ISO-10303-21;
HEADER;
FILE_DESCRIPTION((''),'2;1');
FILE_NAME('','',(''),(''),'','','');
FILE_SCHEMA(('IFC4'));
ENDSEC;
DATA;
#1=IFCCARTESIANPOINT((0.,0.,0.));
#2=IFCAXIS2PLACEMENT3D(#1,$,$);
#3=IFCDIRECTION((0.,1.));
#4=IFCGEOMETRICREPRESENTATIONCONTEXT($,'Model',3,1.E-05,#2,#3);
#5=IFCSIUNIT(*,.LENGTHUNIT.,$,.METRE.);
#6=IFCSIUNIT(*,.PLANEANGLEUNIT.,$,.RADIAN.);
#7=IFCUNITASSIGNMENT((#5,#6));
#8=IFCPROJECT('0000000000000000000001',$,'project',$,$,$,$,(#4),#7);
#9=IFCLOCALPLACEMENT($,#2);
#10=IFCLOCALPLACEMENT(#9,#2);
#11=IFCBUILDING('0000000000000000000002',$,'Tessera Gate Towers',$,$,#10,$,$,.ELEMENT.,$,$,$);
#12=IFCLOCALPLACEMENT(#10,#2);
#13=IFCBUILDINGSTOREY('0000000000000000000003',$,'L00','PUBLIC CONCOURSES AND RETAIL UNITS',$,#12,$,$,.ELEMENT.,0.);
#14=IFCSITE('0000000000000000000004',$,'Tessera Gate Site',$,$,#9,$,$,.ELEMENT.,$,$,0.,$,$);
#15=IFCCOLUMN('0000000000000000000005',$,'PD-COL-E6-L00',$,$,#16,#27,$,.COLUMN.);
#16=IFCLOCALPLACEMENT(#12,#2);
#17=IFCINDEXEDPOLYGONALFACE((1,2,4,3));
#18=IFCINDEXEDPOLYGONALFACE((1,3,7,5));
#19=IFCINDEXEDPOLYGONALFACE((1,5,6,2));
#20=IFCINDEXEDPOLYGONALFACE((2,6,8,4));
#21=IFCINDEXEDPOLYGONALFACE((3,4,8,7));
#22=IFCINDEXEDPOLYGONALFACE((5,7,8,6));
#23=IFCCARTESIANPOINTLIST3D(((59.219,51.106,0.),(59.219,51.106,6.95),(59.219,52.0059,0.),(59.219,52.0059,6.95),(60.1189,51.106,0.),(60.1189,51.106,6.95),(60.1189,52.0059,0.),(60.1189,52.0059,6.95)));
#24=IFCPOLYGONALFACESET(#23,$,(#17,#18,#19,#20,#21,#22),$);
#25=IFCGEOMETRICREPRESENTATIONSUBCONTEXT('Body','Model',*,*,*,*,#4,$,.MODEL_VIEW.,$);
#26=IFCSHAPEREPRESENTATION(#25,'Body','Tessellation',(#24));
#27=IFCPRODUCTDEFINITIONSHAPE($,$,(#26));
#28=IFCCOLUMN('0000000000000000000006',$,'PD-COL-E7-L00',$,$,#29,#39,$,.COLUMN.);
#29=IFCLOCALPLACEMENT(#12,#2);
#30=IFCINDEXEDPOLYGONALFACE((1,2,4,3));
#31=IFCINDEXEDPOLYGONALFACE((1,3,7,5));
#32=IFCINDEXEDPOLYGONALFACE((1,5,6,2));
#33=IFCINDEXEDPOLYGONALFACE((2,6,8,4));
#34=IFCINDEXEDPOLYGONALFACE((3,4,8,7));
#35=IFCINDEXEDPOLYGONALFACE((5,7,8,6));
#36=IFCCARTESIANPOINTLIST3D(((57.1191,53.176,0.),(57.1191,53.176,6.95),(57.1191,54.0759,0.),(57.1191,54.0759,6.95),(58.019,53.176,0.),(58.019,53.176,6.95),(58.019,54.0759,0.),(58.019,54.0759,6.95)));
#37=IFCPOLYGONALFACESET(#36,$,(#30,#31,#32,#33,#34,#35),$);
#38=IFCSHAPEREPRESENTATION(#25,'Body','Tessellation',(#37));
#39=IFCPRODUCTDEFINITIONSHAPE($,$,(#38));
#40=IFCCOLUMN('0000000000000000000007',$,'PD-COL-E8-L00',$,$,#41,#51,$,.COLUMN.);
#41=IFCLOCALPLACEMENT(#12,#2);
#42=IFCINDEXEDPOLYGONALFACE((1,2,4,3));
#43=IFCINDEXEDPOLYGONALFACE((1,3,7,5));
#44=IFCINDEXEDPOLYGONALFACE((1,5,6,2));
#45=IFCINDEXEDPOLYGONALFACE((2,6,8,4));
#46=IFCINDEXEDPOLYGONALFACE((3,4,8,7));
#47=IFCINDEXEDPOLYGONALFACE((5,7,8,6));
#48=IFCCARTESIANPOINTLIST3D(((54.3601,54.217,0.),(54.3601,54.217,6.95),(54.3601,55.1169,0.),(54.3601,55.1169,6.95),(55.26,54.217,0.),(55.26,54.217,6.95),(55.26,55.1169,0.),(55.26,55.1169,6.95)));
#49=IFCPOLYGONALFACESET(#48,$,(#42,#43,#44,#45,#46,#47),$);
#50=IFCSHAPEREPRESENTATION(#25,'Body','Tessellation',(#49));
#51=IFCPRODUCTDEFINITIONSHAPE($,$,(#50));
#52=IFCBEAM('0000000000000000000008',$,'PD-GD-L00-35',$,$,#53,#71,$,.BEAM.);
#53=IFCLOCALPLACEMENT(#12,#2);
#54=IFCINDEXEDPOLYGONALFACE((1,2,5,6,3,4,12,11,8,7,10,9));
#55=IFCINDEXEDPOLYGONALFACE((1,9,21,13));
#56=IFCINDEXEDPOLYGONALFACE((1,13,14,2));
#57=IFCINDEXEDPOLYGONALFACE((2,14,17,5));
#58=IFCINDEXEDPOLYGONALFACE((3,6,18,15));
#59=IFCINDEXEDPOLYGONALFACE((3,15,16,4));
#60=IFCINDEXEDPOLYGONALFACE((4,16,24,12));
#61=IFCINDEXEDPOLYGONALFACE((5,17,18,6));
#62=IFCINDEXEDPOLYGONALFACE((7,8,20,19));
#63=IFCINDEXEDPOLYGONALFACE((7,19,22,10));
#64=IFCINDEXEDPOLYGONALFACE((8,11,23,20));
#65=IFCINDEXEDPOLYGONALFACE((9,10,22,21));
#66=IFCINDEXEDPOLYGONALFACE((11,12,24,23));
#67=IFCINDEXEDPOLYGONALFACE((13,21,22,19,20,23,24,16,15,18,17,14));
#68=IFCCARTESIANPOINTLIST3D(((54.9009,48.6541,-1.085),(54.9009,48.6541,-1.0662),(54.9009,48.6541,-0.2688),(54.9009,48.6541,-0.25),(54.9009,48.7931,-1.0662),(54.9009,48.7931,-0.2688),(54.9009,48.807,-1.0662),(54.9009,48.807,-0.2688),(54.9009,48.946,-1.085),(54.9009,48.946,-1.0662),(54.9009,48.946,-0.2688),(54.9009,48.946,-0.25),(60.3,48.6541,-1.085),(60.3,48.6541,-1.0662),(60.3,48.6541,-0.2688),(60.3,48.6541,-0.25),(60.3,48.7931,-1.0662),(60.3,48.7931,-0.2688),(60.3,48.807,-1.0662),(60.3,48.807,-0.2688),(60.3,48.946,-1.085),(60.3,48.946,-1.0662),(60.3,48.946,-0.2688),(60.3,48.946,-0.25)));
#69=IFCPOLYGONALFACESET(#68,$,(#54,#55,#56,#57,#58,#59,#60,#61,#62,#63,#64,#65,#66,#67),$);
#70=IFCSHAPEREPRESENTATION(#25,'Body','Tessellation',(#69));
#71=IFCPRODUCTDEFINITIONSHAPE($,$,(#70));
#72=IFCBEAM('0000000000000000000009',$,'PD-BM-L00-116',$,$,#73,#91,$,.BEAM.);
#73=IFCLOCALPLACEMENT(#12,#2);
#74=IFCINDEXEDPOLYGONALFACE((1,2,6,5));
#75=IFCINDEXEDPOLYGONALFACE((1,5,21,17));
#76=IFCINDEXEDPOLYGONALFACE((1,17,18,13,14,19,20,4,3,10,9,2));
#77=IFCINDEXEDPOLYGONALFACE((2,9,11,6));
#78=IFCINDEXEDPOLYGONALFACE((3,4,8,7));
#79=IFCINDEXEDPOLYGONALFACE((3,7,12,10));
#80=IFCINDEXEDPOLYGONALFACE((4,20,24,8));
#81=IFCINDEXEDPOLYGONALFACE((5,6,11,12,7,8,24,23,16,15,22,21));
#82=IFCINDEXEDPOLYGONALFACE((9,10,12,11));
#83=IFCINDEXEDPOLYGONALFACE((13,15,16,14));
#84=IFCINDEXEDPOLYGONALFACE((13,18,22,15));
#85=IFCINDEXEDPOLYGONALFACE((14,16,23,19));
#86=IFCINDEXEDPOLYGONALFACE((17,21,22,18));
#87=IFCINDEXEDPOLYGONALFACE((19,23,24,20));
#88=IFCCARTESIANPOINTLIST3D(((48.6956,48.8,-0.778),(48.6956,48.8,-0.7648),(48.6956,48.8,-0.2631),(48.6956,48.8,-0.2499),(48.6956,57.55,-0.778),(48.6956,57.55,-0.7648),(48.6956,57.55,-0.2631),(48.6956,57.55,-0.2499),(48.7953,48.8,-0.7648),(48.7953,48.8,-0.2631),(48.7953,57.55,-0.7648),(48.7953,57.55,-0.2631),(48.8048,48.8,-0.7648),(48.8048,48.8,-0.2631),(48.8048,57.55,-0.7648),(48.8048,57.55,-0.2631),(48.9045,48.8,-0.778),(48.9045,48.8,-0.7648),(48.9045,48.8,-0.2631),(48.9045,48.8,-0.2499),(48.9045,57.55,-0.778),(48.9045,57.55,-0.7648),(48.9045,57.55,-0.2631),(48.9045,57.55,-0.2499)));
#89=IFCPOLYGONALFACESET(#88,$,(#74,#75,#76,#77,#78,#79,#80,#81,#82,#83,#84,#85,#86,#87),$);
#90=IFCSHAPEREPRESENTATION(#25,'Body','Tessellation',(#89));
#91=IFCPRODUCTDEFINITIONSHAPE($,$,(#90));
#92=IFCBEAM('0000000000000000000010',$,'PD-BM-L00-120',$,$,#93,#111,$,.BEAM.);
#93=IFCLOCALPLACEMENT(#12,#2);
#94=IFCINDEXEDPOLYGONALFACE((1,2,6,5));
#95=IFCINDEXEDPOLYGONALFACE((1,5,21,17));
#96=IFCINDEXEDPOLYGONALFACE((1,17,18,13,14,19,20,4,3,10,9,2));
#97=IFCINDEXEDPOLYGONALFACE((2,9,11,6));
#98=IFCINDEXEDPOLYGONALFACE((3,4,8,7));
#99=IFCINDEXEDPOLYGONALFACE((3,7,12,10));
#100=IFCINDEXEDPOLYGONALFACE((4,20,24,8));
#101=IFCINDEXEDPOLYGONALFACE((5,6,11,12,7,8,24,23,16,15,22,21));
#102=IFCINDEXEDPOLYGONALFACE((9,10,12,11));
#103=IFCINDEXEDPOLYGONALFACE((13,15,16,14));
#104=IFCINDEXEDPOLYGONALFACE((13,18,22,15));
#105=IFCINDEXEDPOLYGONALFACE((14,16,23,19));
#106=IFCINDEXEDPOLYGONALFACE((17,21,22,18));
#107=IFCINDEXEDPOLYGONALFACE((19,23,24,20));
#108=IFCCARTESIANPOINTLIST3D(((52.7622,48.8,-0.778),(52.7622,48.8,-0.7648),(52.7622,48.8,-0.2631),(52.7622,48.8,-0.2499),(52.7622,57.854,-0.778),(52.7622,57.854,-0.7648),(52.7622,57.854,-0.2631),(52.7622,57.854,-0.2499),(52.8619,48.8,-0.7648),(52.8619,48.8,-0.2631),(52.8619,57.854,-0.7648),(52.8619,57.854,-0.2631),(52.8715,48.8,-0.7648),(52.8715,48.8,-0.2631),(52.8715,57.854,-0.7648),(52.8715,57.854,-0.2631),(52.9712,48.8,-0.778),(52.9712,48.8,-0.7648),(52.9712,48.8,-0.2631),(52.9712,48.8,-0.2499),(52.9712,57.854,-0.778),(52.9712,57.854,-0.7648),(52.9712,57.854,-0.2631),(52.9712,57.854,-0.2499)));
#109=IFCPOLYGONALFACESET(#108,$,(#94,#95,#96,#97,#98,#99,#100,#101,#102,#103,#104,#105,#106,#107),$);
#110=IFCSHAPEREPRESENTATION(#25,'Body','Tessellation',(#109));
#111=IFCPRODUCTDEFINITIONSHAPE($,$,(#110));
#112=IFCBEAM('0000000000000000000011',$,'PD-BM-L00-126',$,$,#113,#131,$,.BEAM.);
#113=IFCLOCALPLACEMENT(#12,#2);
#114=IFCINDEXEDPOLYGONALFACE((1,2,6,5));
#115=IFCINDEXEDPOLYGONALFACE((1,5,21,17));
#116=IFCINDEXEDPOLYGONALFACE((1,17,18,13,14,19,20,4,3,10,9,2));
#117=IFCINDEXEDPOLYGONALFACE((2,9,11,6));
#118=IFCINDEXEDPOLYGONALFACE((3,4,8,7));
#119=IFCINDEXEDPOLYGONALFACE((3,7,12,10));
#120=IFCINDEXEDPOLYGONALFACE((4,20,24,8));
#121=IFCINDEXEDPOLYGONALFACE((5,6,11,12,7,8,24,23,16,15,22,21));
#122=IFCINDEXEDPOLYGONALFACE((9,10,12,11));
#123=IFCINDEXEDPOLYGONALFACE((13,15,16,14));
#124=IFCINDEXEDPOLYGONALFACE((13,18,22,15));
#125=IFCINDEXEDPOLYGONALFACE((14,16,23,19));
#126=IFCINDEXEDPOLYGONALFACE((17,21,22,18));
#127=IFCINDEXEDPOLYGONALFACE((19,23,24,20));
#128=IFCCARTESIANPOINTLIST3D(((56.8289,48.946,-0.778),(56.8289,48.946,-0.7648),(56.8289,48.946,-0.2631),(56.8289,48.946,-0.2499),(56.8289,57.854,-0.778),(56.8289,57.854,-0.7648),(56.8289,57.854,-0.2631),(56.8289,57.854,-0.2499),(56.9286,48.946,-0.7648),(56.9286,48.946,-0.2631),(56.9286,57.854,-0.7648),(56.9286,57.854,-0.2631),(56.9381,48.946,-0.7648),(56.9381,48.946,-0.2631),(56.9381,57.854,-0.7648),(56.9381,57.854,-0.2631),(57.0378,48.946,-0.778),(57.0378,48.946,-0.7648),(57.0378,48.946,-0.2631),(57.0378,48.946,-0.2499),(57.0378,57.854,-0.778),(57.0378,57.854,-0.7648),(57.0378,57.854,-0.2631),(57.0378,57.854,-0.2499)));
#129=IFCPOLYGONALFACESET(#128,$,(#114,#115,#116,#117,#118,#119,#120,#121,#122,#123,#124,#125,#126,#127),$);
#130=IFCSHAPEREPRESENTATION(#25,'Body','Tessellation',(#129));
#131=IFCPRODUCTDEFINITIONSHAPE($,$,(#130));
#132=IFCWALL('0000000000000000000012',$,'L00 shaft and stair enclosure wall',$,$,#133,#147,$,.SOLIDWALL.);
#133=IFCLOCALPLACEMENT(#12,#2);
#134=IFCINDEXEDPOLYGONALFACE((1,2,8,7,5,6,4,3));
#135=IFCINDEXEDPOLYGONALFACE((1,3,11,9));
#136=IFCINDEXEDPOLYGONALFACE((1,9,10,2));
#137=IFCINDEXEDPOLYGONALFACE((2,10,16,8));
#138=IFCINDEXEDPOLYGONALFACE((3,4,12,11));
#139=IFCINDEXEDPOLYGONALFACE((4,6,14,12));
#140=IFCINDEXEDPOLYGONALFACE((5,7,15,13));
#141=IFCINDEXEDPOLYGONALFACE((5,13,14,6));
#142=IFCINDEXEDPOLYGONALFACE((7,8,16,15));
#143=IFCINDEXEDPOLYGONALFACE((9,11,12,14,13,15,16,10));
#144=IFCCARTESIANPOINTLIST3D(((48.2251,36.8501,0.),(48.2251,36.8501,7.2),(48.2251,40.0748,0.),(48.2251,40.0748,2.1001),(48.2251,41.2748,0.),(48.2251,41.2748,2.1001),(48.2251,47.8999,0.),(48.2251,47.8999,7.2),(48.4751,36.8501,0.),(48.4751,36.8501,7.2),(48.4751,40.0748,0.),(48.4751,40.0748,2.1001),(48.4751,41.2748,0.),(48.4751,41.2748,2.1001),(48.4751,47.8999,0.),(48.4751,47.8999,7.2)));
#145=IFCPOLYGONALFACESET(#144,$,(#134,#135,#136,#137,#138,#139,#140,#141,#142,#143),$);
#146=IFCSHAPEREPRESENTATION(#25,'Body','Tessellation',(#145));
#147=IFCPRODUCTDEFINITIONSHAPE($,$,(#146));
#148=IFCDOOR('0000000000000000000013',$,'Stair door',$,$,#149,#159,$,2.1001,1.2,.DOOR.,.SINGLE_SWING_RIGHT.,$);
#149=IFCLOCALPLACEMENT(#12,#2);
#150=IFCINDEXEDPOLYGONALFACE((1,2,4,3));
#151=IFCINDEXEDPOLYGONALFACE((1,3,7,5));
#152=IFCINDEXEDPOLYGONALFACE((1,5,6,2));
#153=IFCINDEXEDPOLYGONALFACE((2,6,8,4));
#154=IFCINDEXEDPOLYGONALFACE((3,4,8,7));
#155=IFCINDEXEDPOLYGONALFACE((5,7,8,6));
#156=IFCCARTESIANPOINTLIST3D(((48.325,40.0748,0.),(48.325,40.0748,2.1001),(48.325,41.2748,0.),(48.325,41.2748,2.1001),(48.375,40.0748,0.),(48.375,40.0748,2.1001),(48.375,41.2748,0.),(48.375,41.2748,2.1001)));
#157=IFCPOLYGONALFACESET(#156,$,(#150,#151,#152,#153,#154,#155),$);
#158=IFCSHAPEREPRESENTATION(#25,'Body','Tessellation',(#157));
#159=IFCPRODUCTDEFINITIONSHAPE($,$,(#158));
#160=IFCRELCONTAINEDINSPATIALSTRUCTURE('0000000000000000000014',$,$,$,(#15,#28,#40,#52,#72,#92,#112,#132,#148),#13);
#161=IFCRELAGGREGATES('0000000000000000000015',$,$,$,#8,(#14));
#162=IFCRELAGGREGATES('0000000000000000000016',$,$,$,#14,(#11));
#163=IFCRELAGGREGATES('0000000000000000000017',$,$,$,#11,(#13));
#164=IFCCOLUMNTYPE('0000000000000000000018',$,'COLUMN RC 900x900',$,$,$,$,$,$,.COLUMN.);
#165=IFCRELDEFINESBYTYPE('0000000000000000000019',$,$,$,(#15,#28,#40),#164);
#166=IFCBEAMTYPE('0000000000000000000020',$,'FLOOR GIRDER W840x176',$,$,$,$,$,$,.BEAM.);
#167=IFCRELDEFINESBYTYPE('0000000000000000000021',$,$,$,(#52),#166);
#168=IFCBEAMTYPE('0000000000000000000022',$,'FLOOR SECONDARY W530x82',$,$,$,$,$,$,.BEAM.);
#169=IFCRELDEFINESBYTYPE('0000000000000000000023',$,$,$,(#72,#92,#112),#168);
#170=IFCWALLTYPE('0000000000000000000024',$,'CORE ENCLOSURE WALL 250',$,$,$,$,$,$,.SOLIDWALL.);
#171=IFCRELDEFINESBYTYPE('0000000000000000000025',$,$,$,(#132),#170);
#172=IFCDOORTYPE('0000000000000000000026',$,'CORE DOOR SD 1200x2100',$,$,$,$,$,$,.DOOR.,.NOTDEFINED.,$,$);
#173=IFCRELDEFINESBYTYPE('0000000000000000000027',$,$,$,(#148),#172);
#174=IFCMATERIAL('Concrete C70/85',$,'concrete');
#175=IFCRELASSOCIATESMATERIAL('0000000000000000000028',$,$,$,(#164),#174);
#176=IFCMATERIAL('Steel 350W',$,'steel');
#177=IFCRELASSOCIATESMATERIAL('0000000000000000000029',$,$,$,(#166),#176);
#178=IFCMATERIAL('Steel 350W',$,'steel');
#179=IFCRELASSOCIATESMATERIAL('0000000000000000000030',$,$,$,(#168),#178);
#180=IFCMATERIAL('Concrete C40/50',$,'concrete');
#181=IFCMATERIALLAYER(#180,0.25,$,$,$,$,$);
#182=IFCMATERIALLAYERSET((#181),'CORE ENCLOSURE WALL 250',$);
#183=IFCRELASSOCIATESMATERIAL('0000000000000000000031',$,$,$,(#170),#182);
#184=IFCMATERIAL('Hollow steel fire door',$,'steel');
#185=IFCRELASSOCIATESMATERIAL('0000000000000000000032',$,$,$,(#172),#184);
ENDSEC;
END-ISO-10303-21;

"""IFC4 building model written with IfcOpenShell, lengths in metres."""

from ifc_helpers import new_model, si_unit, direction, frame, frame_2d, origin, origin_2d, place, context, subcontext, project, spatial, rectangle, i_section, extrude, source, transform, mapped, material, layer, layer_set, material_profile, profile_set, type_object, element, fill, save


model = new_model("IFC4")

# Units and contexts
model_context = context("Model", 3, precision=1e-05, world=origin(), true_north=direction((0.0, 1.0)))
body_context = subcontext(model_context, "Body", "Model", "MODEL_VIEW")
ifc_project = project(units=[si_unit("LENGTHUNIT", "METRE"), si_unit("PLANEANGLEUNIT", "RADIAN")], contexts=[model_context])

# Site, building, storey
site_placement = place(None, origin())
site = spatial("IfcSite", under=ifc_project, at=site_placement, Name="Tessera Gate Site", CompositionType="ELEMENT", RefElevation=0.0)
building_placement = place(site_placement, origin())
building = spatial("IfcBuilding", under=site, at=building_placement, Name="Tessera Gate Towers", CompositionType="ELEMENT")
storey_placement = place(building_placement, origin())
storey = spatial("IfcBuildingStorey", under=building, at=storey_placement, Name="L00", Description="PUBLIC CONCOURSES AND RETAIL UNITS", CompositionType="ELEMENT", Elevation=0.0)

# Columns
ifc_material_1 = material(Name="Concrete C70/85", Category="concrete")
ifc_material_profile_1 = material_profile(ifc_material_1, rectangle(XDim=0.8999, YDim=0.8999, at=origin_2d()), Name="RC 900x900")
ifc_profile_set_1 = profile_set([ifc_material_profile_1], Name="Concrete C70/85")
column_type = type_object("IfcColumnType", Name="COLUMN RC 900x900", PredefinedType="COLUMN", material=ifc_profile_set_1)
for number, where, z_axis, x_axis, name in (
    (1, (59.6689, 51.5559, 0.0), (0.0, 0.0, 1.0), (1.0, 0.0, 0.0), "PD-COL-E6-L00"),
    (2, (57.5691, 53.626, 0.0), (0.0, 0.0, 1.0), (1.0, 0.0, 0.0), "PD-COL-E7-L00"),
    (3, (54.8101, 54.667, 0.0), (0.0, 0.0, 1.0), (1.0, 0.0, 0.0), "PD-COL-E8-L00"),
):
    element("IfcColumn", number, at=place(storey_placement, frame(where, z_axis=z_axis, x_axis=x_axis)), inside=storey, type_object=column_type, Name=name, PredefinedType="COLUMN", context=body_context, shape_type="SweptSolid", body=[
        extrude(rectangle(XDim=0.8999, YDim=0.8999, at=origin_2d()), origin(), (0.0, 0.0, 1.0), 6.95),
    ])

# Beams
ifc_material_2 = material(Name="Steel 350W", Category="steel")
ifc_material_profile_2 = material_profile(ifc_material_2, i_section(OverallWidth=0.292, OverallDepth=0.835, WebThickness=0.0139, FlangeThickness=0.0188, at=origin_2d()), Name="W840x176")
ifc_profile_set_2 = profile_set([ifc_material_profile_2], Name="Steel 350W")
beam_type_1 = type_object("IfcBeamType", Name="FLOOR GIRDER W840x176", PredefinedType="BEAM", material=ifc_profile_set_2)
beam_1_placement = place(storey_placement, frame((54.9009, 48.8, -0.6675), z_axis=(1.0, 0.0, 0.0), x_axis=(0.0, 1.0, 0.0)))
element("IfcBeam", 4, at=beam_1_placement, inside=storey, type_object=beam_type_1, Name="PD-GD-L00-35", PredefinedType="BEAM", context=body_context, shape_type="SweptSolid", body=[
    extrude(i_section(OverallWidth=0.292, OverallDepth=0.835, WebThickness=0.0139, FlangeThickness=0.0188, at=origin_2d()), origin(), (0.0, 0.0, 1.0), 5.3992),
])
ifc_material_3 = material(Name="Steel 350W", Category="steel")
ifc_material_profile_3 = material_profile(ifc_material_3, i_section(OverallWidth=0.209, OverallDepth=0.5281, WebThickness=0.0095, FlangeThickness=0.0132, at=origin_2d()), Name="W530x82")
ifc_profile_set_3 = profile_set([ifc_material_profile_3], Name="Steel 350W")
beam_type_2 = type_object("IfcBeamType", Name="FLOOR SECONDARY W530x82", PredefinedType="BEAM", material=ifc_profile_set_3)
beam_2_placement = place(storey_placement, frame((48.8, 48.8, -0.5139), z_axis=(0.0, 1.0, 0.0), x_axis=(-1.0, 0.0, 0.0)))
element("IfcBeam", 5, at=beam_2_placement, inside=storey, type_object=beam_type_2, Name="PD-BM-L00-116", PredefinedType="BEAM", context=body_context, shape_type="SweptSolid", body=[
    extrude(i_section(OverallWidth=0.209, OverallDepth=0.5281, WebThickness=0.0095, FlangeThickness=0.0132, at=origin_2d()), origin(), (0.0, 0.0, 1.0), 8.75),
])
beam_3_placement = place(storey_placement, frame((52.8667, 48.8, -0.5139), z_axis=(0.0, 1.0, 0.0), x_axis=(-1.0, 0.0, 0.0)))
element("IfcBeam", 6, at=beam_3_placement, inside=storey, type_object=beam_type_2, Name="PD-BM-L00-120", PredefinedType="BEAM", context=body_context, shape_type="SweptSolid", body=[
    extrude(i_section(OverallWidth=0.209, OverallDepth=0.5281, WebThickness=0.0095, FlangeThickness=0.0132, at=origin_2d()), origin(), (0.0, 0.0, 1.0), 9.054),
])
beam_4_placement = place(storey_placement, frame((56.9333, 48.946, -0.5139), z_axis=(0.0, 1.0, 0.0), x_axis=(-1.0, 0.0, 0.0)))
element("IfcBeam", 7, at=beam_4_placement, inside=storey, type_object=beam_type_2, Name="PD-BM-L00-126", PredefinedType="BEAM", context=body_context, shape_type="SweptSolid", body=[
    extrude(i_section(OverallWidth=0.209, OverallDepth=0.5281, WebThickness=0.0095, FlangeThickness=0.0132, at=origin_2d()), origin(), (0.0, 0.0, 1.0), 8.908),
])

# Wall, opening, door
ifc_material_4 = material(Name="Concrete C40/50", Category="concrete")
ifc_layer_1 = layer(ifc_material_4, 0.25)
ifc_layer_set_1 = layer_set([ifc_layer_1], Name="CORE ENCLOSURE WALL 250")
wall_type_1 = type_object("IfcWallType", Name="CORE ENCLOSURE WALL 250", PredefinedType="SOLIDWALL", material=ifc_layer_set_1)
wall_1_placement = place(storey_placement, frame((48.3501, 47.8999, 0.0), z_axis=(0.0, 0.0, 1.0), x_axis=(0.0, -1.0, 0.0)))
wall_1 = element("IfcWall", 8, at=wall_1_placement, inside=storey, type_object=wall_type_1, Name="L00 shaft and stair enclosure wall", PredefinedType="SOLIDWALL", context=body_context, shape_type="SweptSolid", body=[
    extrude(rectangle(XDim=11.0498, YDim=0.25, at=frame_2d((5.5249, 0.0))), origin(), (0.0, 0.0, 1.0), 7.2),
])
shared_shape_1 = source(origin(), body_context, "Body", "SweptSolid", [
    extrude(rectangle(XDim=1.2, YDim=2.1001, at=frame_2d((0.6001, 1.05))), frame((0.0, 0.135, 0.0), z_axis=(0.0, -1.0, 0.0), x_axis=(1.0, 0.0, 0.0)), (0.0, 0.0, 1.0), 0.27),
])
opening_1_placement = place(wall_1_placement, frame((6.625, 0.0, 0.0)))
opening_1 = element("IfcOpeningElement", 9, at=opening_1_placement, cuts=wall_1, PredefinedType="OPENING", context=body_context, shape_type="MappedRepresentation", body=[
    mapped(shared_shape_1, transform((0.0, 0.0, 0.0), scale=1.0)),
])
ifc_material_5 = material(Name="Hollow steel fire door", Category="steel")
door_type_1 = type_object("IfcDoorType", Name="CORE DOOR SD 1200x2100", OperationType="NOTDEFINED", PredefinedType="DOOR", material=ifc_material_5)
shared_shape_2 = source(origin(), body_context, "Body", "SweptSolid", [
    extrude(rectangle(XDim=1.2, YDim=2.1001, at=frame_2d((0.6001, 1.05))), frame((0.0, 0.0249, 0.0), z_axis=(0.0, -1.0, 0.0), x_axis=(1.0, 0.0, 0.0)), (0.0, 0.0, 1.0), 0.05),
])
door_1_placement = place(opening_1_placement, origin())
door_1 = element("IfcDoor", 10, at=door_1_placement, inside=storey, type_object=door_type_1, Name="Stair door", OperationType="SINGLE_SWING_RIGHT", OverallHeight=2.1001, OverallWidth=1.2, PredefinedType="DOOR", context=body_context, shape_type="MappedRepresentation", body=[
    mapped(shared_shape_2, transform((0.0, 0.0, 0.0), scale=1.0)),
])
fill(opening_1, door_1)

save(model, "model.ifc")
